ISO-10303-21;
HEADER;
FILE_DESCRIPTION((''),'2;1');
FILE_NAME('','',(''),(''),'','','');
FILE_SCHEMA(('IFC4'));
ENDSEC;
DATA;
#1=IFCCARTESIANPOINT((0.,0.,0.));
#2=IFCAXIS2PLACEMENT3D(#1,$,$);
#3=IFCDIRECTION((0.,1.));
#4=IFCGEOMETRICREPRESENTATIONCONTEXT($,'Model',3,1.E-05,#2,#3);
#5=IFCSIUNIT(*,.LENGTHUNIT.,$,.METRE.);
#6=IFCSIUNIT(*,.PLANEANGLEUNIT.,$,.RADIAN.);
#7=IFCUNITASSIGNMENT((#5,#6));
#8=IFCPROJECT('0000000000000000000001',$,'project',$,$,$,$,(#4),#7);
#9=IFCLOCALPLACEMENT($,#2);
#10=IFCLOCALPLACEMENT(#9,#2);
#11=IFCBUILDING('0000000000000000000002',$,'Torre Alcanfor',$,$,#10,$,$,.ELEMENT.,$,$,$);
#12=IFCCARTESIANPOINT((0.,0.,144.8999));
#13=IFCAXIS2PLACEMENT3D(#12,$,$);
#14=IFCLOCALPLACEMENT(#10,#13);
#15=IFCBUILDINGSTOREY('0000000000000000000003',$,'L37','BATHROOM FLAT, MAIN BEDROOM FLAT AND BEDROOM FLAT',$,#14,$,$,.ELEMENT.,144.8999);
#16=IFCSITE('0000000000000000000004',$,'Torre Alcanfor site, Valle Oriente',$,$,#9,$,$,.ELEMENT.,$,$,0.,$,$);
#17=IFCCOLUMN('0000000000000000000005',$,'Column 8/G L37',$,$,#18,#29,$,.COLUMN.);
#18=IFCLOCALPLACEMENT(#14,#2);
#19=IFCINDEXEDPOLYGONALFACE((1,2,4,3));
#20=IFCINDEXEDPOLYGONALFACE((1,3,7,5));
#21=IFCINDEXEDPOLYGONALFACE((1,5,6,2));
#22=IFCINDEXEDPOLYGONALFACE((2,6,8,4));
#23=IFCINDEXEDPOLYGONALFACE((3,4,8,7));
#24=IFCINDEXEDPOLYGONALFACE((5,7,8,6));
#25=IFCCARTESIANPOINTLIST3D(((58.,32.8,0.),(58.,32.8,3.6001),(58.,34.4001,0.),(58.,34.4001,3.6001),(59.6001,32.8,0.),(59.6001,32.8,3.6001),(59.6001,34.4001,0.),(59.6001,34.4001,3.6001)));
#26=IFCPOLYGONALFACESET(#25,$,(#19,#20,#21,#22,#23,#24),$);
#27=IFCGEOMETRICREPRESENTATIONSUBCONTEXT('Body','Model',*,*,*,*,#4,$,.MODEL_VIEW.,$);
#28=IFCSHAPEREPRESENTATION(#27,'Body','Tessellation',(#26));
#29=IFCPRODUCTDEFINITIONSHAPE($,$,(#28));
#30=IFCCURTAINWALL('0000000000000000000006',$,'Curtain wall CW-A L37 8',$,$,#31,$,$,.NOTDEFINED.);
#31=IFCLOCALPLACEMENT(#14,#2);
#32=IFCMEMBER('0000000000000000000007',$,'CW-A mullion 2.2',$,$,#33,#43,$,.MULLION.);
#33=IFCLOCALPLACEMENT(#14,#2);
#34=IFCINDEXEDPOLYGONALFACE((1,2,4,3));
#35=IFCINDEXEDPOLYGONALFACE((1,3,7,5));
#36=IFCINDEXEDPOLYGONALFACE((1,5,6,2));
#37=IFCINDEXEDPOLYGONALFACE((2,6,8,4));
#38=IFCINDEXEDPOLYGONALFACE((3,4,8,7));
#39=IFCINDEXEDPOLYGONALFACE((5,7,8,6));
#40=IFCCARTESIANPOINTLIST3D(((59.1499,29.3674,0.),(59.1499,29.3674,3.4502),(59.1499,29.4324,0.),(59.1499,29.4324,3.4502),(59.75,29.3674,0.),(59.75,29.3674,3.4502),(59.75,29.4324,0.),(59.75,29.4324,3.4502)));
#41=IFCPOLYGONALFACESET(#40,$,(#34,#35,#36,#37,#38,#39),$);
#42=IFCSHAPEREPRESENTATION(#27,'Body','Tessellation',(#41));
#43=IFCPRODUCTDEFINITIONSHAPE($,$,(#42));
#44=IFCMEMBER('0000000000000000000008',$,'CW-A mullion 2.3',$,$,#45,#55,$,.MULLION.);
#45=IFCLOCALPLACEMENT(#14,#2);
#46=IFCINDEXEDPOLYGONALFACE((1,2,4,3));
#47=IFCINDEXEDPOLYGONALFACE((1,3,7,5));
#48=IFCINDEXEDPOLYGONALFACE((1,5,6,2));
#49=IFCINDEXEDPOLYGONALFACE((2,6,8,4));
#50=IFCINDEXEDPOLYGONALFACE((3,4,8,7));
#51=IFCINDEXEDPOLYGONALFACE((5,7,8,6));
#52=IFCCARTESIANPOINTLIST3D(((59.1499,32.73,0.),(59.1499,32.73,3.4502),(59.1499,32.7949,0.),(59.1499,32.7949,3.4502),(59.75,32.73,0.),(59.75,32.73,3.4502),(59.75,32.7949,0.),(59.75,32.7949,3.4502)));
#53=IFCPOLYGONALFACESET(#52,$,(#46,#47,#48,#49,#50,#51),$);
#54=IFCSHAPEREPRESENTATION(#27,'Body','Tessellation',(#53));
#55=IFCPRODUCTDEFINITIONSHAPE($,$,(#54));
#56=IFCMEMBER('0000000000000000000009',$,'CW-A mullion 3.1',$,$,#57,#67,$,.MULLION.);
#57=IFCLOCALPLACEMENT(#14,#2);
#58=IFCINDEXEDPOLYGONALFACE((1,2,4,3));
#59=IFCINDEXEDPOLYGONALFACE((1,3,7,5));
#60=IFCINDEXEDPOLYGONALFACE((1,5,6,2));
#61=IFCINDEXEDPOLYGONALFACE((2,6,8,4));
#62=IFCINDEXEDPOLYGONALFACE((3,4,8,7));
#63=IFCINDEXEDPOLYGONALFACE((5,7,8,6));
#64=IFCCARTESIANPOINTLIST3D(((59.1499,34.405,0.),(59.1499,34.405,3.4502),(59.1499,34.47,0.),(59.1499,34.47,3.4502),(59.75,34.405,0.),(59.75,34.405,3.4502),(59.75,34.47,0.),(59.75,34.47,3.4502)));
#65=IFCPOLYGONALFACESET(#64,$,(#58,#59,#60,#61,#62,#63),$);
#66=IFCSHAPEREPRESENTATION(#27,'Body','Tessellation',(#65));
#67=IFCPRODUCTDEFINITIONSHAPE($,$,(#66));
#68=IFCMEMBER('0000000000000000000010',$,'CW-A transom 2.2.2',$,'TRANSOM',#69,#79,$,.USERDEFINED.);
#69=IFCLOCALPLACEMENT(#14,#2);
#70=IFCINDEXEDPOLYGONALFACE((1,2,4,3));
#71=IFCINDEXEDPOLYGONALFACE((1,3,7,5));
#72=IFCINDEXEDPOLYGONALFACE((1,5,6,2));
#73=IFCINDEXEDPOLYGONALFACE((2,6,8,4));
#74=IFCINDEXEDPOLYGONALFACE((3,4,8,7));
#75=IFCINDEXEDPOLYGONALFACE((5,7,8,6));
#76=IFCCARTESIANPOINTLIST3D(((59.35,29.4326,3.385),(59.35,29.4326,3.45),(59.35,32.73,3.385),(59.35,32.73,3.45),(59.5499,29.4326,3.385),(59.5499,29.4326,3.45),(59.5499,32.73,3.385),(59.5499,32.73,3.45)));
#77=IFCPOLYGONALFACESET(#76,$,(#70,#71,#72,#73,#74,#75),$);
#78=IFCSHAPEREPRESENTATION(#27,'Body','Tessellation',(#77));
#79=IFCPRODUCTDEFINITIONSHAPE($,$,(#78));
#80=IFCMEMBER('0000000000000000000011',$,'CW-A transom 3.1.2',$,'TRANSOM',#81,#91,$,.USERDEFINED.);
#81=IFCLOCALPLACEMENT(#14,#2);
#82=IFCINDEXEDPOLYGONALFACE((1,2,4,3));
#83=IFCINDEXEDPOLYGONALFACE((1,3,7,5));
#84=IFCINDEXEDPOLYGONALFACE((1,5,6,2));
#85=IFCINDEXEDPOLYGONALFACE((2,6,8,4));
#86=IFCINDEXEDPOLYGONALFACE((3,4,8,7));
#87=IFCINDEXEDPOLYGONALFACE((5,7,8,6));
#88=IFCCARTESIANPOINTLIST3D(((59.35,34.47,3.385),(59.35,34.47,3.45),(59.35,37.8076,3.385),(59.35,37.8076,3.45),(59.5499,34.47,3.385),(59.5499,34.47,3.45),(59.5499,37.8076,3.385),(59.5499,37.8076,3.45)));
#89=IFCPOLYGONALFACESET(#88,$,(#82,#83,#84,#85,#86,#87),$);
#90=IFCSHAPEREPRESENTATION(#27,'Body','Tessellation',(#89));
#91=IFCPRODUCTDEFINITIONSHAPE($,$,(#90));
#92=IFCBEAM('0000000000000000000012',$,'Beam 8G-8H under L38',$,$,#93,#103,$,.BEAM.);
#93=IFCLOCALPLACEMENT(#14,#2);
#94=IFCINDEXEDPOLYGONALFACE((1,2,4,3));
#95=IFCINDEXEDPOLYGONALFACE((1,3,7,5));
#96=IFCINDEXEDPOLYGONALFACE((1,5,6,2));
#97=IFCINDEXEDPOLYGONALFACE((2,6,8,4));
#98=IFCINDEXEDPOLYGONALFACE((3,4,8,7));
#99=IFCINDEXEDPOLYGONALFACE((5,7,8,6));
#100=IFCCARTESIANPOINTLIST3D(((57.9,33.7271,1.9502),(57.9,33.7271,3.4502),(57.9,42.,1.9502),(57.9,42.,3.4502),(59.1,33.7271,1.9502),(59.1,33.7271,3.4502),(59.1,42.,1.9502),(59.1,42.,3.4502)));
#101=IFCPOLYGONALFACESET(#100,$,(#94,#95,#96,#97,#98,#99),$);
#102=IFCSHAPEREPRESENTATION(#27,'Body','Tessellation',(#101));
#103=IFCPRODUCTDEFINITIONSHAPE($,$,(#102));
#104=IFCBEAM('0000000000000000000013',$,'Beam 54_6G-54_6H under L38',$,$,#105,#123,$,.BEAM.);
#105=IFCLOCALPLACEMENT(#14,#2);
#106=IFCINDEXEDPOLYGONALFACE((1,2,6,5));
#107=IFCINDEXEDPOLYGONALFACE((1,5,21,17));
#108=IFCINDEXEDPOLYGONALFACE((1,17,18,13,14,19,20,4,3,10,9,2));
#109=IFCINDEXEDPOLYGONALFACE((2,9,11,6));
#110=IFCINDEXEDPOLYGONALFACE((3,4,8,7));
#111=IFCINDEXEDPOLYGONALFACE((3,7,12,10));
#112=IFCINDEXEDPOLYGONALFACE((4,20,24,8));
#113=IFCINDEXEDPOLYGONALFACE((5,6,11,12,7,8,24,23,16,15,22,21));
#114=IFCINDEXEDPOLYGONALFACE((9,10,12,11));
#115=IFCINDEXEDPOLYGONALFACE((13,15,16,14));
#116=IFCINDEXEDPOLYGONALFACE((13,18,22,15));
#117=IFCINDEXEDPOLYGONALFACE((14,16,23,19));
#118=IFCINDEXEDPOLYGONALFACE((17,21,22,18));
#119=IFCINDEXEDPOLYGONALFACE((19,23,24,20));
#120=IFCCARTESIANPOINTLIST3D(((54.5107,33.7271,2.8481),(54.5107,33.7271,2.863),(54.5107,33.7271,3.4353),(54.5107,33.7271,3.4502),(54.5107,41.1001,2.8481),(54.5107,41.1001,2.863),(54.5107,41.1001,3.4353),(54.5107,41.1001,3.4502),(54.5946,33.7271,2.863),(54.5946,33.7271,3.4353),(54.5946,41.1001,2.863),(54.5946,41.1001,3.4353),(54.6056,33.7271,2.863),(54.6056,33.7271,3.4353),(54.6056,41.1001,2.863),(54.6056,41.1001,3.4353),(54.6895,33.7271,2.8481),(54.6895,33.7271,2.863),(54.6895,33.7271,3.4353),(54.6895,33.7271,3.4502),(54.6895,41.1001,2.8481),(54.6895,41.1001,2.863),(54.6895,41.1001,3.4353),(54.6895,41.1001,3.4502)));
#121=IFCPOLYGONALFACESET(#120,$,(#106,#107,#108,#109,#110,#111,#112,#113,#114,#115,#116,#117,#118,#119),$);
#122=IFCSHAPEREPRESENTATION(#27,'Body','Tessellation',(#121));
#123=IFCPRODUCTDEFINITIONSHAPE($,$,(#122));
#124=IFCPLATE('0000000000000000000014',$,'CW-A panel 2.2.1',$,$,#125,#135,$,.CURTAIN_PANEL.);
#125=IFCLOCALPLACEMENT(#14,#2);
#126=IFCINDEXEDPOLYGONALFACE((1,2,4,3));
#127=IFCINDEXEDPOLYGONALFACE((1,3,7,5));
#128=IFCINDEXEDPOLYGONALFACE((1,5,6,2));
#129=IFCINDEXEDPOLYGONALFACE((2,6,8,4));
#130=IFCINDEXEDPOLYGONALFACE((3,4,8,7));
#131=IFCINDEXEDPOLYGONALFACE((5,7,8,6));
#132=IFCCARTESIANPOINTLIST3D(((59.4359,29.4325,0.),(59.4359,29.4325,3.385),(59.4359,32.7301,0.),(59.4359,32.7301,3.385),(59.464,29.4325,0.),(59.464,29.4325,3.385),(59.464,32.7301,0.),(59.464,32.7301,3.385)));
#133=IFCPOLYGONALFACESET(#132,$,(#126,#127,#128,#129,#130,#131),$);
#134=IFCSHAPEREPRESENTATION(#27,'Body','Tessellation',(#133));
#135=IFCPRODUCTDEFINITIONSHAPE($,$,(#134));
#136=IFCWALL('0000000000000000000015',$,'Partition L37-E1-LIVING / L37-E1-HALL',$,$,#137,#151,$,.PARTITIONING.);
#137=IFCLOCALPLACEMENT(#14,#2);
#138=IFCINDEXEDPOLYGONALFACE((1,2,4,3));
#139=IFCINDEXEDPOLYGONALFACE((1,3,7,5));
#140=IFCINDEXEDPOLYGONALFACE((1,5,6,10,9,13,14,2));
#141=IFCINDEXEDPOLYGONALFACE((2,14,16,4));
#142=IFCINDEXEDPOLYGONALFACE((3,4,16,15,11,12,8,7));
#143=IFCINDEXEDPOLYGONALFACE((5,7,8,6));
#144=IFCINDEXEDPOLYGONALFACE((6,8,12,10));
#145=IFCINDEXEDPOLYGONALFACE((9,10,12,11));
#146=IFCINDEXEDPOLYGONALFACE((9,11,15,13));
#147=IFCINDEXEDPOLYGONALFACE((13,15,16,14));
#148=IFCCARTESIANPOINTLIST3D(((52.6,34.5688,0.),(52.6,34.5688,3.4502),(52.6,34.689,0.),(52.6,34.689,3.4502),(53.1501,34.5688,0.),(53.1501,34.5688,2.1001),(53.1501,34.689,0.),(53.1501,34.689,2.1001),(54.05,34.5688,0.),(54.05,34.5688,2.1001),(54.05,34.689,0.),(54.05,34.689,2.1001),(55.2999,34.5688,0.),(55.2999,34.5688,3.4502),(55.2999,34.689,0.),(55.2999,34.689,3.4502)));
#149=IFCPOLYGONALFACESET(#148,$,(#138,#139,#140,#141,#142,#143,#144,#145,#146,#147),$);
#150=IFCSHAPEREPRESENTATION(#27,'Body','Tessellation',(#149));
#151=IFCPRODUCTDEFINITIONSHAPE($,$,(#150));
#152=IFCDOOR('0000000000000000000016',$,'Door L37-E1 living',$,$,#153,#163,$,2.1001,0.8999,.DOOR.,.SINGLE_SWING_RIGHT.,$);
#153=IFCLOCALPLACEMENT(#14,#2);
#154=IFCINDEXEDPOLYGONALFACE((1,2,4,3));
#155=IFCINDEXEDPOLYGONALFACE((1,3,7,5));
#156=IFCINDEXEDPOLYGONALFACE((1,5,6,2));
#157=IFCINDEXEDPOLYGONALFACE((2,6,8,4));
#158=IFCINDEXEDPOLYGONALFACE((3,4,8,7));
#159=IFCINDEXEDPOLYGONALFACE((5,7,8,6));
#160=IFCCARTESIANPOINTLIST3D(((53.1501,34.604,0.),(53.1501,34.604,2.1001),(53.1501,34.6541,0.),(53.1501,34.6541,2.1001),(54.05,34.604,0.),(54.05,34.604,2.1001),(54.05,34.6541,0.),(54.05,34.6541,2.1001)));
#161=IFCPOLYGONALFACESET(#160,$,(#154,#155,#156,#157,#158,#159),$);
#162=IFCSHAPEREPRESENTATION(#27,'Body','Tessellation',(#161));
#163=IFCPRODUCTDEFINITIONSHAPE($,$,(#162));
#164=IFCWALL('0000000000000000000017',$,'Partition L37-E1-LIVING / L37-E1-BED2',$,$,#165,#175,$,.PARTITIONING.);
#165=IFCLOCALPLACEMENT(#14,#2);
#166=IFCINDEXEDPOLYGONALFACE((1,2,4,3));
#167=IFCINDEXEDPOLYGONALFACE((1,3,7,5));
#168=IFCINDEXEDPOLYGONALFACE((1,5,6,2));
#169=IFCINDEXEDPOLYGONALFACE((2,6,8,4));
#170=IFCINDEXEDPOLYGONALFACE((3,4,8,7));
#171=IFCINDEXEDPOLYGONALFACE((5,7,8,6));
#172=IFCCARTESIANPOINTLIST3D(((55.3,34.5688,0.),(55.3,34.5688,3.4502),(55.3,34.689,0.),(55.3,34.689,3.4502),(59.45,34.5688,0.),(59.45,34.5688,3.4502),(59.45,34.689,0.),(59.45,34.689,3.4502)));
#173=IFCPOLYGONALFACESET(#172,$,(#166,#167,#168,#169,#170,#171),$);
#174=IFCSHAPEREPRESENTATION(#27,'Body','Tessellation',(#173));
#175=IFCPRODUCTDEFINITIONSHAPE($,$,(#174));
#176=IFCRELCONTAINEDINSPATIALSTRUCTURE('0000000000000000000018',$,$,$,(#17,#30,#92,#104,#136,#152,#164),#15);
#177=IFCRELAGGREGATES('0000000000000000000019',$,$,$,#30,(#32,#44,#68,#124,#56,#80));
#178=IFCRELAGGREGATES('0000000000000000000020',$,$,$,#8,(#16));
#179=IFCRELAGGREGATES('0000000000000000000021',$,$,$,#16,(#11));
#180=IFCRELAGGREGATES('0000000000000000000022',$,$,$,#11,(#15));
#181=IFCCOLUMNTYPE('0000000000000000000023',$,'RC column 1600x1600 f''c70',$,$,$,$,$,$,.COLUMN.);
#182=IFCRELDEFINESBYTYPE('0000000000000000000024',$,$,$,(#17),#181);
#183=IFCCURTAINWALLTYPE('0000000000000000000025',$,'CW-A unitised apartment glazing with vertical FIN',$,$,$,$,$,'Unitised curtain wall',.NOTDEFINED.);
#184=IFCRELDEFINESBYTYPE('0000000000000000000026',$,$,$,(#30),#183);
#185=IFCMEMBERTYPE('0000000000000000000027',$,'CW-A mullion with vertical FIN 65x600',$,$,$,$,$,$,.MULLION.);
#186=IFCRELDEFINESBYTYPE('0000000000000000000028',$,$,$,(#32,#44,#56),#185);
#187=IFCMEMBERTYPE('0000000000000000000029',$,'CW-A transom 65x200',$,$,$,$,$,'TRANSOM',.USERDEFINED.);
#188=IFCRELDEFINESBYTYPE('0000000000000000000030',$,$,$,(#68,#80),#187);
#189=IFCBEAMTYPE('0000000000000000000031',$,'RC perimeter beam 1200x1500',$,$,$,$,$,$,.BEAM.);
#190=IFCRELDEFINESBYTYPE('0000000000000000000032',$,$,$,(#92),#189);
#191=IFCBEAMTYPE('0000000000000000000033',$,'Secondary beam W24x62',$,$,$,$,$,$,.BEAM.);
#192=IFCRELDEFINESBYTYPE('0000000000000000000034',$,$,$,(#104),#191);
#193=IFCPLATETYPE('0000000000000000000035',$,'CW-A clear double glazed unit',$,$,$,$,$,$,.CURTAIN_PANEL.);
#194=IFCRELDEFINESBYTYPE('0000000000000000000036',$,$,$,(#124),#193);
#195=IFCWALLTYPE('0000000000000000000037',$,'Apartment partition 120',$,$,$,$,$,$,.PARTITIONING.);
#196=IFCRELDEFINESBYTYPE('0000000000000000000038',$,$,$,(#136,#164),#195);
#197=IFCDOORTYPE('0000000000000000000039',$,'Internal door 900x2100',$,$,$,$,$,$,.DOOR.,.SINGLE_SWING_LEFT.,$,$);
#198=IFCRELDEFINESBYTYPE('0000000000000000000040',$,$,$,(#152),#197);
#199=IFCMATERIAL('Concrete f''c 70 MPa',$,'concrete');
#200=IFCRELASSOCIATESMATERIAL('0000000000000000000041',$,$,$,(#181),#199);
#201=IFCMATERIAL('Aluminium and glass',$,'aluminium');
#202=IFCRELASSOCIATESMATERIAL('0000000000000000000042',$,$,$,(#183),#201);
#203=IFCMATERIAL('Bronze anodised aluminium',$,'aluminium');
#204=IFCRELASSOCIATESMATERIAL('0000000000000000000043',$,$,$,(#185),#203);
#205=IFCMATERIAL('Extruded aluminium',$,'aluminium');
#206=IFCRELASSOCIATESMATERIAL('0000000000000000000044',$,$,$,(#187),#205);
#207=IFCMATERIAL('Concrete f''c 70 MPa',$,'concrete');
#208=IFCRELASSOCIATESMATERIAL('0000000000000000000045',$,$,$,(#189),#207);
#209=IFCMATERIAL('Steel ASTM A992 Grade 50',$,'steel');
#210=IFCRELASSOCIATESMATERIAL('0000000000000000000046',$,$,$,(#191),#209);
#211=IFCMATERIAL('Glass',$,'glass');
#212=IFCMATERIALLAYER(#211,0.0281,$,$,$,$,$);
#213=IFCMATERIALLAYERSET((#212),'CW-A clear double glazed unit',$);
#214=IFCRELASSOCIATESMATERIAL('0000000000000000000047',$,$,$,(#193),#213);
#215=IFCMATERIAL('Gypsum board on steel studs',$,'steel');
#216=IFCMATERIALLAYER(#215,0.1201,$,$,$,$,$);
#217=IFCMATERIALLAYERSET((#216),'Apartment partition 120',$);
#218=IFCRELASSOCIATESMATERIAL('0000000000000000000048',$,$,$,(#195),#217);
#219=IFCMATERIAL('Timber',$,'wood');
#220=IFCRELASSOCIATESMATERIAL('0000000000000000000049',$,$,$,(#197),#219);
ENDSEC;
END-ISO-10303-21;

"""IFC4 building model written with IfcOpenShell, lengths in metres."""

from ifc_helpers import new_model, si_unit, direction, frame, frame_2d, origin, origin_2d, place, context, subcontext, project, spatial, rectangle, i_section, extrude, material, layer, layer_set, material_profile, profile_set, type_object, element, fill, aggregate, save


model = new_model("IFC4")

# Units and contexts
model_context = context("Model", 3, precision=1e-05, world=origin(), true_north=direction((0.0, 1.0)))
body_context = subcontext(model_context, "Body", "Model", "MODEL_VIEW")
ifc_project = project(units=[si_unit("LENGTHUNIT", "METRE"), si_unit("PLANEANGLEUNIT", "RADIAN")], contexts=[model_context])

# Site, building, storey
site_placement = place(None, origin())
site = spatial("IfcSite", under=ifc_project, at=site_placement, Name="Torre Alcanfor site, Valle Oriente", CompositionType="ELEMENT", RefElevation=0.0)
building_placement = place(site_placement, origin())
building = spatial("IfcBuilding", under=site, at=building_placement, Name="Torre Alcanfor", CompositionType="ELEMENT")
storey_placement = place(building_placement, frame((0.0, 0.0, 144.8999)))
storey = spatial("IfcBuildingStorey", under=building, at=storey_placement, Name="L37", Description="BATHROOM FLAT, MAIN BEDROOM FLAT AND BEDROOM FLAT", CompositionType="ELEMENT", Elevation=144.8999)

# Column
ifc_material_1 = material(Name="Concrete f'c 70 MPa", Category="concrete")
ifc_material_profile_1 = material_profile(ifc_material_1, rectangle(XDim=1.6001, YDim=1.6001, at=origin_2d()), Name="1600x1600")
ifc_profile_set_1 = profile_set([ifc_material_profile_1], Name="Concrete f'c 70 MPa")
column_type = type_object("IfcColumnType", Name="RC column 1600x1600 f'c70", PredefinedType="COLUMN", material=ifc_profile_set_1)
column_placement = place(storey_placement, frame((58.8, 33.6001, 0.0), z_axis=(0.0, 0.0, 1.0), x_axis=(1.0, 0.0, 0.0)))
element("IfcColumn", 1, at=column_placement, inside=storey, type_object=column_type, Name="Column 8/G L37", PredefinedType="COLUMN", context=body_context, shape_type="SweptSolid", body=[
    extrude(rectangle(XDim=1.6001, YDim=1.6001, at=origin_2d()), origin(), (0.0, 0.0, 1.0), 3.6001),
])

# Curtain wall, members
ifc_material_2 = material(Name="Aluminium and glass", Category="aluminium")
curtain_wall_type = type_object("IfcCurtainWallType", Name="CW-A unitised apartment glazing with vertical FIN", ElementType="Unitised curtain wall", PredefinedType="NOTDEFINED", material=ifc_material_2)
curtain_wall_placement = place(storey_placement, origin())
curtain_wall = element("IfcCurtainWall", 2, at=curtain_wall_placement, inside=storey, type_object=curtain_wall_type, Name="Curtain wall CW-A L37 8", PredefinedType="NOTDEFINED")
ifc_material_3 = material(Name="Bronze anodised aluminium", Category="aluminium")
ifc_material_profile_2 = material_profile(ifc_material_3, rectangle(XDim=0.6001, YDim=0.0649, at=origin_2d()), Name="CW-A mullion 65x600")
ifc_profile_set_2 = profile_set([ifc_material_profile_2], Name="Bronze anodised aluminium")
member_type_1 = type_object("IfcMemberType", Name="CW-A mullion with vertical FIN 65x600", PredefinedType="MULLION", material=ifc_profile_set_2)
member_1_placement = place(storey_placement, frame((59.45, 29.3999, 0.0), z_axis=(0.0, 0.0, 1.0), x_axis=(-1.0, 0.0, 0.0)))
member_1 = element("IfcMember", 3, at=member_1_placement, type_object=member_type_1, Name="CW-A mullion 2.2", PredefinedType="MULLION", context=body_context, shape_type="SweptSolid", body=[
    extrude(rectangle(XDim=0.6001, YDim=0.0649, at=origin_2d()), origin(), (0.0, 0.0, 1.0), 3.4502),
])
member_2_placement = place(storey_placement, frame((59.45, 32.7625, 0.0), z_axis=(0.0, 0.0, 1.0), x_axis=(-1.0, 0.0, 0.0)))
member_2 = element("IfcMember", 4, at=member_2_placement, type_object=member_type_1, Name="CW-A mullion 2.3", PredefinedType="MULLION", context=body_context, shape_type="SweptSolid", body=[
    extrude(rectangle(XDim=0.6001, YDim=0.0649, at=origin_2d()), origin(), (0.0, 0.0, 1.0), 3.4502),
])
member_3_placement = place(storey_placement, frame((59.45, 34.4375, 0.0), z_axis=(0.0, 0.0, 1.0), x_axis=(-1.0, 0.0, 0.0)))
member_3 = element("IfcMember", 5, at=member_3_placement, type_object=member_type_1, Name="CW-A mullion 3.1", PredefinedType="MULLION", context=body_context, shape_type="SweptSolid", body=[
    extrude(rectangle(XDim=0.6001, YDim=0.0649, at=origin_2d()), origin(), (0.0, 0.0, 1.0), 3.4502),
])
ifc_material_4 = material(Name="Extruded aluminium", Category="aluminium")
ifc_material_profile_3 = material_profile(ifc_material_4, rectangle(XDim=0.2, YDim=0.0649, at=origin_2d()), Name="CW-A transom 200x65")
ifc_profile_set_3 = profile_set([ifc_material_profile_3], Name="Extruded aluminium")
member_type_2 = type_object("IfcMemberType", Name="CW-A transom 65x200", ElementType="TRANSOM", PredefinedType="USERDEFINED", material=ifc_profile_set_3)
member_4_placement = place(storey_placement, frame((59.45, 29.4326, 3.4175), z_axis=(0.0, 1.0, 0.0), x_axis=(-1.0, 0.0, 0.0)))
member_4 = element("IfcMember", 6, at=member_4_placement, type_object=member_type_2, Name="CW-A transom 2.2.2", ObjectType="TRANSOM", PredefinedType="USERDEFINED", context=body_context, shape_type="SweptSolid", body=[
    extrude(rectangle(XDim=0.2, YDim=0.0649, at=origin_2d()), origin(), (0.0, 0.0, 1.0), 3.2974),
])
member_5_placement = place(storey_placement, frame((59.45, 34.47, 3.4175), z_axis=(0.0, 1.0, 0.0), x_axis=(-1.0, 0.0, 0.0)))
member_5 = element("IfcMember", 7, at=member_5_placement, type_object=member_type_2, Name="CW-A transom 3.1.2", ObjectType="TRANSOM", PredefinedType="USERDEFINED", context=body_context, shape_type="SweptSolid", body=[
    extrude(rectangle(XDim=0.2, YDim=0.0649, at=origin_2d()), origin(), (0.0, 0.0, 1.0), 3.3376),
])

# Beams
ifc_material_5 = material(Name="Concrete f'c 70 MPa", Category="concrete")
ifc_material_profile_4 = material_profile(ifc_material_5, rectangle(XDim=1.2, YDim=1.5, at=origin_2d()), Name="1200x1500")
ifc_profile_set_4 = profile_set([ifc_material_profile_4], Name="Concrete f'c 70 MPa")
beam_type_1 = type_object("IfcBeamType", Name="RC perimeter beam 1200x1500", PredefinedType="BEAM", material=ifc_profile_set_4)
beam_1_placement = place(storey_placement, frame((58.5, 33.7271, 2.7002), z_axis=(0.0, 1.0, 0.0), x_axis=(-1.0, 0.0, 0.0)))
element("IfcBeam", 8, at=beam_1_placement, inside=storey, type_object=beam_type_1, Name="Beam 8G-8H under L38", PredefinedType="BEAM", context=body_context, shape_type="SweptSolid", body=[
    extrude(rectangle(XDim=1.2, YDim=1.5, at=origin_2d()), origin(), (0.0, 0.0, 1.0), 8.2729),
])
ifc_material_6 = material(Name="Steel ASTM A992 Grade 50", Category="steel")
ifc_material_profile_5 = material_profile(ifc_material_6, i_section(OverallWidth=0.1787, OverallDepth=0.6021, WebThickness=0.011, FlangeThickness=0.0149, at=origin_2d()), Name="W24x62")
ifc_profile_set_5 = profile_set([ifc_material_profile_5], Name="Steel ASTM A992 Grade 50")
beam_type_2 = type_object("IfcBeamType", Name="Secondary beam W24x62", PredefinedType="BEAM", material=ifc_profile_set_5)
beam_2_placement = place(storey_placement, frame((54.6001, 33.7271, 3.1492), z_axis=(0.0, 1.0, 0.0), x_axis=(-1.0, 0.0, 0.0)))
element("IfcBeam", 9, at=beam_2_placement, inside=storey, type_object=beam_type_2, Name="Beam 54_6G-54_6H under L38", PredefinedType="BEAM", context=body_context, shape_type="SweptSolid", body=[
    extrude(i_section(OverallWidth=0.1787, OverallDepth=0.6021, WebThickness=0.011, FlangeThickness=0.0149, at=origin_2d()), origin(), (0.0, 0.0, 1.0), 7.373),
])

# Plate
ifc_material_7 = material(Name="Glass", Category="glass")
ifc_layer_1 = layer(ifc_material_7, 0.0281)
ifc_layer_set_1 = layer_set([ifc_layer_1], Name="CW-A clear double glazed unit")
plate_type = type_object("IfcPlateType", Name="CW-A clear double glazed unit", PredefinedType="CURTAIN_PANEL", material=ifc_layer_set_1)
plate_placement = place(storey_placement, frame((59.45, 31.0813, 0.0), z_axis=(0.0, 0.0, 1.0), x_axis=(0.0, 1.0, 0.0)))
plate = element("IfcPlate", 10, at=plate_placement, type_object=plate_type, Name="CW-A panel 2.2.1", PredefinedType="CURTAIN_PANEL", context=body_context, shape_type="SweptSolid", body=[
    extrude(rectangle(XDim=3.2976, YDim=0.0281, at=origin_2d()), origin(), (0.0, 0.0, 1.0), 3.385),
])
aggregate(curtain_wall, [member_1, member_2, member_4, plate, member_3, member_5])

# Wall, opening, door
ifc_material_8 = material(Name="Gypsum board on steel studs", Category="steel")
ifc_layer_2 = layer(ifc_material_8, 0.1201)
ifc_layer_set_2 = layer_set([ifc_layer_2], Name="Apartment partition 120")
wall_type = type_object("IfcWallType", Name="Apartment partition 120", PredefinedType="PARTITIONING", material=ifc_layer_set_2)
wall_1_placement = place(storey_placement, frame((55.3, 34.6289, 0.0), z_axis=(0.0, 0.0, 1.0), x_axis=(-1.0, 0.0, 0.0)))
wall_1 = element("IfcWall", 11, at=wall_1_placement, inside=storey, type_object=wall_type, Name="Partition L37-E1-LIVING / L37-E1-HALL", PredefinedType="PARTITIONING", context=body_context, shape_type="SweptSolid", body=[
    extrude(rectangle(XDim=2.7, YDim=0.1201, at=frame_2d((1.3501, 0.0))), origin(), (0.0, 0.0, 1.0), 3.4502),
])
opening_1_placement = place(wall_1_placement, frame((1.25, 0.0, 0.0)))
opening_1 = element("IfcOpeningElement", 12, at=opening_1_placement, cuts=wall_1, PredefinedType="OPENING", context=body_context, shape_type="SweptSolid", body=[
    extrude(rectangle(XDim=0.8999, YDim=2.1001, at=frame_2d((0.45, 1.05))), frame((0.0, 0.0701, 0.0), z_axis=(0.0, -1.0, 0.0), x_axis=(1.0, 0.0, 0.0)), (0.0, 0.0, 1.0), 0.1401),
])
ifc_material_9 = material(Name="Timber", Category="wood")
door_type = type_object("IfcDoorType", Name="Internal door 900x2100", OperationType="SINGLE_SWING_LEFT", PredefinedType="DOOR", material=ifc_material_9)
door_1_placement = place(opening_1_placement, origin())
door_1 = element("IfcDoor", 13, at=door_1_placement, inside=storey, type_object=door_type, Name="Door L37-E1 living", OperationType="SINGLE_SWING_RIGHT", OverallHeight=2.1001, OverallWidth=0.8999, PredefinedType="DOOR", context=body_context, shape_type="SweptSolid", body=[
    extrude(rectangle(XDim=0.8999, YDim=2.1001, at=frame_2d((0.45, 1.05))), frame((0.0, 0.0249, 0.0), z_axis=(0.0, -1.0, 0.0), x_axis=(1.0, 0.0, 0.0)), (0.0, 0.0, 1.0), 0.05),
])
fill(opening_1, door_1)

# Wall
wall_2_placement = place(storey_placement, frame((59.45, 34.6289, 0.0), z_axis=(0.0, 0.0, 1.0), x_axis=(-1.0, 0.0, 0.0)))
element("IfcWall", 14, at=wall_2_placement, inside=storey, type_object=wall_type, Name="Partition L37-E1-LIVING / L37-E1-BED2", PredefinedType="PARTITIONING", context=body_context, shape_type="SweptSolid", body=[
    extrude(rectangle(XDim=4.1499, YDim=0.1201, at=frame_2d((2.075, 0.0))), origin(), (0.0, 0.0, 1.0), 3.4502),
])

save(model, "model.ifc")
